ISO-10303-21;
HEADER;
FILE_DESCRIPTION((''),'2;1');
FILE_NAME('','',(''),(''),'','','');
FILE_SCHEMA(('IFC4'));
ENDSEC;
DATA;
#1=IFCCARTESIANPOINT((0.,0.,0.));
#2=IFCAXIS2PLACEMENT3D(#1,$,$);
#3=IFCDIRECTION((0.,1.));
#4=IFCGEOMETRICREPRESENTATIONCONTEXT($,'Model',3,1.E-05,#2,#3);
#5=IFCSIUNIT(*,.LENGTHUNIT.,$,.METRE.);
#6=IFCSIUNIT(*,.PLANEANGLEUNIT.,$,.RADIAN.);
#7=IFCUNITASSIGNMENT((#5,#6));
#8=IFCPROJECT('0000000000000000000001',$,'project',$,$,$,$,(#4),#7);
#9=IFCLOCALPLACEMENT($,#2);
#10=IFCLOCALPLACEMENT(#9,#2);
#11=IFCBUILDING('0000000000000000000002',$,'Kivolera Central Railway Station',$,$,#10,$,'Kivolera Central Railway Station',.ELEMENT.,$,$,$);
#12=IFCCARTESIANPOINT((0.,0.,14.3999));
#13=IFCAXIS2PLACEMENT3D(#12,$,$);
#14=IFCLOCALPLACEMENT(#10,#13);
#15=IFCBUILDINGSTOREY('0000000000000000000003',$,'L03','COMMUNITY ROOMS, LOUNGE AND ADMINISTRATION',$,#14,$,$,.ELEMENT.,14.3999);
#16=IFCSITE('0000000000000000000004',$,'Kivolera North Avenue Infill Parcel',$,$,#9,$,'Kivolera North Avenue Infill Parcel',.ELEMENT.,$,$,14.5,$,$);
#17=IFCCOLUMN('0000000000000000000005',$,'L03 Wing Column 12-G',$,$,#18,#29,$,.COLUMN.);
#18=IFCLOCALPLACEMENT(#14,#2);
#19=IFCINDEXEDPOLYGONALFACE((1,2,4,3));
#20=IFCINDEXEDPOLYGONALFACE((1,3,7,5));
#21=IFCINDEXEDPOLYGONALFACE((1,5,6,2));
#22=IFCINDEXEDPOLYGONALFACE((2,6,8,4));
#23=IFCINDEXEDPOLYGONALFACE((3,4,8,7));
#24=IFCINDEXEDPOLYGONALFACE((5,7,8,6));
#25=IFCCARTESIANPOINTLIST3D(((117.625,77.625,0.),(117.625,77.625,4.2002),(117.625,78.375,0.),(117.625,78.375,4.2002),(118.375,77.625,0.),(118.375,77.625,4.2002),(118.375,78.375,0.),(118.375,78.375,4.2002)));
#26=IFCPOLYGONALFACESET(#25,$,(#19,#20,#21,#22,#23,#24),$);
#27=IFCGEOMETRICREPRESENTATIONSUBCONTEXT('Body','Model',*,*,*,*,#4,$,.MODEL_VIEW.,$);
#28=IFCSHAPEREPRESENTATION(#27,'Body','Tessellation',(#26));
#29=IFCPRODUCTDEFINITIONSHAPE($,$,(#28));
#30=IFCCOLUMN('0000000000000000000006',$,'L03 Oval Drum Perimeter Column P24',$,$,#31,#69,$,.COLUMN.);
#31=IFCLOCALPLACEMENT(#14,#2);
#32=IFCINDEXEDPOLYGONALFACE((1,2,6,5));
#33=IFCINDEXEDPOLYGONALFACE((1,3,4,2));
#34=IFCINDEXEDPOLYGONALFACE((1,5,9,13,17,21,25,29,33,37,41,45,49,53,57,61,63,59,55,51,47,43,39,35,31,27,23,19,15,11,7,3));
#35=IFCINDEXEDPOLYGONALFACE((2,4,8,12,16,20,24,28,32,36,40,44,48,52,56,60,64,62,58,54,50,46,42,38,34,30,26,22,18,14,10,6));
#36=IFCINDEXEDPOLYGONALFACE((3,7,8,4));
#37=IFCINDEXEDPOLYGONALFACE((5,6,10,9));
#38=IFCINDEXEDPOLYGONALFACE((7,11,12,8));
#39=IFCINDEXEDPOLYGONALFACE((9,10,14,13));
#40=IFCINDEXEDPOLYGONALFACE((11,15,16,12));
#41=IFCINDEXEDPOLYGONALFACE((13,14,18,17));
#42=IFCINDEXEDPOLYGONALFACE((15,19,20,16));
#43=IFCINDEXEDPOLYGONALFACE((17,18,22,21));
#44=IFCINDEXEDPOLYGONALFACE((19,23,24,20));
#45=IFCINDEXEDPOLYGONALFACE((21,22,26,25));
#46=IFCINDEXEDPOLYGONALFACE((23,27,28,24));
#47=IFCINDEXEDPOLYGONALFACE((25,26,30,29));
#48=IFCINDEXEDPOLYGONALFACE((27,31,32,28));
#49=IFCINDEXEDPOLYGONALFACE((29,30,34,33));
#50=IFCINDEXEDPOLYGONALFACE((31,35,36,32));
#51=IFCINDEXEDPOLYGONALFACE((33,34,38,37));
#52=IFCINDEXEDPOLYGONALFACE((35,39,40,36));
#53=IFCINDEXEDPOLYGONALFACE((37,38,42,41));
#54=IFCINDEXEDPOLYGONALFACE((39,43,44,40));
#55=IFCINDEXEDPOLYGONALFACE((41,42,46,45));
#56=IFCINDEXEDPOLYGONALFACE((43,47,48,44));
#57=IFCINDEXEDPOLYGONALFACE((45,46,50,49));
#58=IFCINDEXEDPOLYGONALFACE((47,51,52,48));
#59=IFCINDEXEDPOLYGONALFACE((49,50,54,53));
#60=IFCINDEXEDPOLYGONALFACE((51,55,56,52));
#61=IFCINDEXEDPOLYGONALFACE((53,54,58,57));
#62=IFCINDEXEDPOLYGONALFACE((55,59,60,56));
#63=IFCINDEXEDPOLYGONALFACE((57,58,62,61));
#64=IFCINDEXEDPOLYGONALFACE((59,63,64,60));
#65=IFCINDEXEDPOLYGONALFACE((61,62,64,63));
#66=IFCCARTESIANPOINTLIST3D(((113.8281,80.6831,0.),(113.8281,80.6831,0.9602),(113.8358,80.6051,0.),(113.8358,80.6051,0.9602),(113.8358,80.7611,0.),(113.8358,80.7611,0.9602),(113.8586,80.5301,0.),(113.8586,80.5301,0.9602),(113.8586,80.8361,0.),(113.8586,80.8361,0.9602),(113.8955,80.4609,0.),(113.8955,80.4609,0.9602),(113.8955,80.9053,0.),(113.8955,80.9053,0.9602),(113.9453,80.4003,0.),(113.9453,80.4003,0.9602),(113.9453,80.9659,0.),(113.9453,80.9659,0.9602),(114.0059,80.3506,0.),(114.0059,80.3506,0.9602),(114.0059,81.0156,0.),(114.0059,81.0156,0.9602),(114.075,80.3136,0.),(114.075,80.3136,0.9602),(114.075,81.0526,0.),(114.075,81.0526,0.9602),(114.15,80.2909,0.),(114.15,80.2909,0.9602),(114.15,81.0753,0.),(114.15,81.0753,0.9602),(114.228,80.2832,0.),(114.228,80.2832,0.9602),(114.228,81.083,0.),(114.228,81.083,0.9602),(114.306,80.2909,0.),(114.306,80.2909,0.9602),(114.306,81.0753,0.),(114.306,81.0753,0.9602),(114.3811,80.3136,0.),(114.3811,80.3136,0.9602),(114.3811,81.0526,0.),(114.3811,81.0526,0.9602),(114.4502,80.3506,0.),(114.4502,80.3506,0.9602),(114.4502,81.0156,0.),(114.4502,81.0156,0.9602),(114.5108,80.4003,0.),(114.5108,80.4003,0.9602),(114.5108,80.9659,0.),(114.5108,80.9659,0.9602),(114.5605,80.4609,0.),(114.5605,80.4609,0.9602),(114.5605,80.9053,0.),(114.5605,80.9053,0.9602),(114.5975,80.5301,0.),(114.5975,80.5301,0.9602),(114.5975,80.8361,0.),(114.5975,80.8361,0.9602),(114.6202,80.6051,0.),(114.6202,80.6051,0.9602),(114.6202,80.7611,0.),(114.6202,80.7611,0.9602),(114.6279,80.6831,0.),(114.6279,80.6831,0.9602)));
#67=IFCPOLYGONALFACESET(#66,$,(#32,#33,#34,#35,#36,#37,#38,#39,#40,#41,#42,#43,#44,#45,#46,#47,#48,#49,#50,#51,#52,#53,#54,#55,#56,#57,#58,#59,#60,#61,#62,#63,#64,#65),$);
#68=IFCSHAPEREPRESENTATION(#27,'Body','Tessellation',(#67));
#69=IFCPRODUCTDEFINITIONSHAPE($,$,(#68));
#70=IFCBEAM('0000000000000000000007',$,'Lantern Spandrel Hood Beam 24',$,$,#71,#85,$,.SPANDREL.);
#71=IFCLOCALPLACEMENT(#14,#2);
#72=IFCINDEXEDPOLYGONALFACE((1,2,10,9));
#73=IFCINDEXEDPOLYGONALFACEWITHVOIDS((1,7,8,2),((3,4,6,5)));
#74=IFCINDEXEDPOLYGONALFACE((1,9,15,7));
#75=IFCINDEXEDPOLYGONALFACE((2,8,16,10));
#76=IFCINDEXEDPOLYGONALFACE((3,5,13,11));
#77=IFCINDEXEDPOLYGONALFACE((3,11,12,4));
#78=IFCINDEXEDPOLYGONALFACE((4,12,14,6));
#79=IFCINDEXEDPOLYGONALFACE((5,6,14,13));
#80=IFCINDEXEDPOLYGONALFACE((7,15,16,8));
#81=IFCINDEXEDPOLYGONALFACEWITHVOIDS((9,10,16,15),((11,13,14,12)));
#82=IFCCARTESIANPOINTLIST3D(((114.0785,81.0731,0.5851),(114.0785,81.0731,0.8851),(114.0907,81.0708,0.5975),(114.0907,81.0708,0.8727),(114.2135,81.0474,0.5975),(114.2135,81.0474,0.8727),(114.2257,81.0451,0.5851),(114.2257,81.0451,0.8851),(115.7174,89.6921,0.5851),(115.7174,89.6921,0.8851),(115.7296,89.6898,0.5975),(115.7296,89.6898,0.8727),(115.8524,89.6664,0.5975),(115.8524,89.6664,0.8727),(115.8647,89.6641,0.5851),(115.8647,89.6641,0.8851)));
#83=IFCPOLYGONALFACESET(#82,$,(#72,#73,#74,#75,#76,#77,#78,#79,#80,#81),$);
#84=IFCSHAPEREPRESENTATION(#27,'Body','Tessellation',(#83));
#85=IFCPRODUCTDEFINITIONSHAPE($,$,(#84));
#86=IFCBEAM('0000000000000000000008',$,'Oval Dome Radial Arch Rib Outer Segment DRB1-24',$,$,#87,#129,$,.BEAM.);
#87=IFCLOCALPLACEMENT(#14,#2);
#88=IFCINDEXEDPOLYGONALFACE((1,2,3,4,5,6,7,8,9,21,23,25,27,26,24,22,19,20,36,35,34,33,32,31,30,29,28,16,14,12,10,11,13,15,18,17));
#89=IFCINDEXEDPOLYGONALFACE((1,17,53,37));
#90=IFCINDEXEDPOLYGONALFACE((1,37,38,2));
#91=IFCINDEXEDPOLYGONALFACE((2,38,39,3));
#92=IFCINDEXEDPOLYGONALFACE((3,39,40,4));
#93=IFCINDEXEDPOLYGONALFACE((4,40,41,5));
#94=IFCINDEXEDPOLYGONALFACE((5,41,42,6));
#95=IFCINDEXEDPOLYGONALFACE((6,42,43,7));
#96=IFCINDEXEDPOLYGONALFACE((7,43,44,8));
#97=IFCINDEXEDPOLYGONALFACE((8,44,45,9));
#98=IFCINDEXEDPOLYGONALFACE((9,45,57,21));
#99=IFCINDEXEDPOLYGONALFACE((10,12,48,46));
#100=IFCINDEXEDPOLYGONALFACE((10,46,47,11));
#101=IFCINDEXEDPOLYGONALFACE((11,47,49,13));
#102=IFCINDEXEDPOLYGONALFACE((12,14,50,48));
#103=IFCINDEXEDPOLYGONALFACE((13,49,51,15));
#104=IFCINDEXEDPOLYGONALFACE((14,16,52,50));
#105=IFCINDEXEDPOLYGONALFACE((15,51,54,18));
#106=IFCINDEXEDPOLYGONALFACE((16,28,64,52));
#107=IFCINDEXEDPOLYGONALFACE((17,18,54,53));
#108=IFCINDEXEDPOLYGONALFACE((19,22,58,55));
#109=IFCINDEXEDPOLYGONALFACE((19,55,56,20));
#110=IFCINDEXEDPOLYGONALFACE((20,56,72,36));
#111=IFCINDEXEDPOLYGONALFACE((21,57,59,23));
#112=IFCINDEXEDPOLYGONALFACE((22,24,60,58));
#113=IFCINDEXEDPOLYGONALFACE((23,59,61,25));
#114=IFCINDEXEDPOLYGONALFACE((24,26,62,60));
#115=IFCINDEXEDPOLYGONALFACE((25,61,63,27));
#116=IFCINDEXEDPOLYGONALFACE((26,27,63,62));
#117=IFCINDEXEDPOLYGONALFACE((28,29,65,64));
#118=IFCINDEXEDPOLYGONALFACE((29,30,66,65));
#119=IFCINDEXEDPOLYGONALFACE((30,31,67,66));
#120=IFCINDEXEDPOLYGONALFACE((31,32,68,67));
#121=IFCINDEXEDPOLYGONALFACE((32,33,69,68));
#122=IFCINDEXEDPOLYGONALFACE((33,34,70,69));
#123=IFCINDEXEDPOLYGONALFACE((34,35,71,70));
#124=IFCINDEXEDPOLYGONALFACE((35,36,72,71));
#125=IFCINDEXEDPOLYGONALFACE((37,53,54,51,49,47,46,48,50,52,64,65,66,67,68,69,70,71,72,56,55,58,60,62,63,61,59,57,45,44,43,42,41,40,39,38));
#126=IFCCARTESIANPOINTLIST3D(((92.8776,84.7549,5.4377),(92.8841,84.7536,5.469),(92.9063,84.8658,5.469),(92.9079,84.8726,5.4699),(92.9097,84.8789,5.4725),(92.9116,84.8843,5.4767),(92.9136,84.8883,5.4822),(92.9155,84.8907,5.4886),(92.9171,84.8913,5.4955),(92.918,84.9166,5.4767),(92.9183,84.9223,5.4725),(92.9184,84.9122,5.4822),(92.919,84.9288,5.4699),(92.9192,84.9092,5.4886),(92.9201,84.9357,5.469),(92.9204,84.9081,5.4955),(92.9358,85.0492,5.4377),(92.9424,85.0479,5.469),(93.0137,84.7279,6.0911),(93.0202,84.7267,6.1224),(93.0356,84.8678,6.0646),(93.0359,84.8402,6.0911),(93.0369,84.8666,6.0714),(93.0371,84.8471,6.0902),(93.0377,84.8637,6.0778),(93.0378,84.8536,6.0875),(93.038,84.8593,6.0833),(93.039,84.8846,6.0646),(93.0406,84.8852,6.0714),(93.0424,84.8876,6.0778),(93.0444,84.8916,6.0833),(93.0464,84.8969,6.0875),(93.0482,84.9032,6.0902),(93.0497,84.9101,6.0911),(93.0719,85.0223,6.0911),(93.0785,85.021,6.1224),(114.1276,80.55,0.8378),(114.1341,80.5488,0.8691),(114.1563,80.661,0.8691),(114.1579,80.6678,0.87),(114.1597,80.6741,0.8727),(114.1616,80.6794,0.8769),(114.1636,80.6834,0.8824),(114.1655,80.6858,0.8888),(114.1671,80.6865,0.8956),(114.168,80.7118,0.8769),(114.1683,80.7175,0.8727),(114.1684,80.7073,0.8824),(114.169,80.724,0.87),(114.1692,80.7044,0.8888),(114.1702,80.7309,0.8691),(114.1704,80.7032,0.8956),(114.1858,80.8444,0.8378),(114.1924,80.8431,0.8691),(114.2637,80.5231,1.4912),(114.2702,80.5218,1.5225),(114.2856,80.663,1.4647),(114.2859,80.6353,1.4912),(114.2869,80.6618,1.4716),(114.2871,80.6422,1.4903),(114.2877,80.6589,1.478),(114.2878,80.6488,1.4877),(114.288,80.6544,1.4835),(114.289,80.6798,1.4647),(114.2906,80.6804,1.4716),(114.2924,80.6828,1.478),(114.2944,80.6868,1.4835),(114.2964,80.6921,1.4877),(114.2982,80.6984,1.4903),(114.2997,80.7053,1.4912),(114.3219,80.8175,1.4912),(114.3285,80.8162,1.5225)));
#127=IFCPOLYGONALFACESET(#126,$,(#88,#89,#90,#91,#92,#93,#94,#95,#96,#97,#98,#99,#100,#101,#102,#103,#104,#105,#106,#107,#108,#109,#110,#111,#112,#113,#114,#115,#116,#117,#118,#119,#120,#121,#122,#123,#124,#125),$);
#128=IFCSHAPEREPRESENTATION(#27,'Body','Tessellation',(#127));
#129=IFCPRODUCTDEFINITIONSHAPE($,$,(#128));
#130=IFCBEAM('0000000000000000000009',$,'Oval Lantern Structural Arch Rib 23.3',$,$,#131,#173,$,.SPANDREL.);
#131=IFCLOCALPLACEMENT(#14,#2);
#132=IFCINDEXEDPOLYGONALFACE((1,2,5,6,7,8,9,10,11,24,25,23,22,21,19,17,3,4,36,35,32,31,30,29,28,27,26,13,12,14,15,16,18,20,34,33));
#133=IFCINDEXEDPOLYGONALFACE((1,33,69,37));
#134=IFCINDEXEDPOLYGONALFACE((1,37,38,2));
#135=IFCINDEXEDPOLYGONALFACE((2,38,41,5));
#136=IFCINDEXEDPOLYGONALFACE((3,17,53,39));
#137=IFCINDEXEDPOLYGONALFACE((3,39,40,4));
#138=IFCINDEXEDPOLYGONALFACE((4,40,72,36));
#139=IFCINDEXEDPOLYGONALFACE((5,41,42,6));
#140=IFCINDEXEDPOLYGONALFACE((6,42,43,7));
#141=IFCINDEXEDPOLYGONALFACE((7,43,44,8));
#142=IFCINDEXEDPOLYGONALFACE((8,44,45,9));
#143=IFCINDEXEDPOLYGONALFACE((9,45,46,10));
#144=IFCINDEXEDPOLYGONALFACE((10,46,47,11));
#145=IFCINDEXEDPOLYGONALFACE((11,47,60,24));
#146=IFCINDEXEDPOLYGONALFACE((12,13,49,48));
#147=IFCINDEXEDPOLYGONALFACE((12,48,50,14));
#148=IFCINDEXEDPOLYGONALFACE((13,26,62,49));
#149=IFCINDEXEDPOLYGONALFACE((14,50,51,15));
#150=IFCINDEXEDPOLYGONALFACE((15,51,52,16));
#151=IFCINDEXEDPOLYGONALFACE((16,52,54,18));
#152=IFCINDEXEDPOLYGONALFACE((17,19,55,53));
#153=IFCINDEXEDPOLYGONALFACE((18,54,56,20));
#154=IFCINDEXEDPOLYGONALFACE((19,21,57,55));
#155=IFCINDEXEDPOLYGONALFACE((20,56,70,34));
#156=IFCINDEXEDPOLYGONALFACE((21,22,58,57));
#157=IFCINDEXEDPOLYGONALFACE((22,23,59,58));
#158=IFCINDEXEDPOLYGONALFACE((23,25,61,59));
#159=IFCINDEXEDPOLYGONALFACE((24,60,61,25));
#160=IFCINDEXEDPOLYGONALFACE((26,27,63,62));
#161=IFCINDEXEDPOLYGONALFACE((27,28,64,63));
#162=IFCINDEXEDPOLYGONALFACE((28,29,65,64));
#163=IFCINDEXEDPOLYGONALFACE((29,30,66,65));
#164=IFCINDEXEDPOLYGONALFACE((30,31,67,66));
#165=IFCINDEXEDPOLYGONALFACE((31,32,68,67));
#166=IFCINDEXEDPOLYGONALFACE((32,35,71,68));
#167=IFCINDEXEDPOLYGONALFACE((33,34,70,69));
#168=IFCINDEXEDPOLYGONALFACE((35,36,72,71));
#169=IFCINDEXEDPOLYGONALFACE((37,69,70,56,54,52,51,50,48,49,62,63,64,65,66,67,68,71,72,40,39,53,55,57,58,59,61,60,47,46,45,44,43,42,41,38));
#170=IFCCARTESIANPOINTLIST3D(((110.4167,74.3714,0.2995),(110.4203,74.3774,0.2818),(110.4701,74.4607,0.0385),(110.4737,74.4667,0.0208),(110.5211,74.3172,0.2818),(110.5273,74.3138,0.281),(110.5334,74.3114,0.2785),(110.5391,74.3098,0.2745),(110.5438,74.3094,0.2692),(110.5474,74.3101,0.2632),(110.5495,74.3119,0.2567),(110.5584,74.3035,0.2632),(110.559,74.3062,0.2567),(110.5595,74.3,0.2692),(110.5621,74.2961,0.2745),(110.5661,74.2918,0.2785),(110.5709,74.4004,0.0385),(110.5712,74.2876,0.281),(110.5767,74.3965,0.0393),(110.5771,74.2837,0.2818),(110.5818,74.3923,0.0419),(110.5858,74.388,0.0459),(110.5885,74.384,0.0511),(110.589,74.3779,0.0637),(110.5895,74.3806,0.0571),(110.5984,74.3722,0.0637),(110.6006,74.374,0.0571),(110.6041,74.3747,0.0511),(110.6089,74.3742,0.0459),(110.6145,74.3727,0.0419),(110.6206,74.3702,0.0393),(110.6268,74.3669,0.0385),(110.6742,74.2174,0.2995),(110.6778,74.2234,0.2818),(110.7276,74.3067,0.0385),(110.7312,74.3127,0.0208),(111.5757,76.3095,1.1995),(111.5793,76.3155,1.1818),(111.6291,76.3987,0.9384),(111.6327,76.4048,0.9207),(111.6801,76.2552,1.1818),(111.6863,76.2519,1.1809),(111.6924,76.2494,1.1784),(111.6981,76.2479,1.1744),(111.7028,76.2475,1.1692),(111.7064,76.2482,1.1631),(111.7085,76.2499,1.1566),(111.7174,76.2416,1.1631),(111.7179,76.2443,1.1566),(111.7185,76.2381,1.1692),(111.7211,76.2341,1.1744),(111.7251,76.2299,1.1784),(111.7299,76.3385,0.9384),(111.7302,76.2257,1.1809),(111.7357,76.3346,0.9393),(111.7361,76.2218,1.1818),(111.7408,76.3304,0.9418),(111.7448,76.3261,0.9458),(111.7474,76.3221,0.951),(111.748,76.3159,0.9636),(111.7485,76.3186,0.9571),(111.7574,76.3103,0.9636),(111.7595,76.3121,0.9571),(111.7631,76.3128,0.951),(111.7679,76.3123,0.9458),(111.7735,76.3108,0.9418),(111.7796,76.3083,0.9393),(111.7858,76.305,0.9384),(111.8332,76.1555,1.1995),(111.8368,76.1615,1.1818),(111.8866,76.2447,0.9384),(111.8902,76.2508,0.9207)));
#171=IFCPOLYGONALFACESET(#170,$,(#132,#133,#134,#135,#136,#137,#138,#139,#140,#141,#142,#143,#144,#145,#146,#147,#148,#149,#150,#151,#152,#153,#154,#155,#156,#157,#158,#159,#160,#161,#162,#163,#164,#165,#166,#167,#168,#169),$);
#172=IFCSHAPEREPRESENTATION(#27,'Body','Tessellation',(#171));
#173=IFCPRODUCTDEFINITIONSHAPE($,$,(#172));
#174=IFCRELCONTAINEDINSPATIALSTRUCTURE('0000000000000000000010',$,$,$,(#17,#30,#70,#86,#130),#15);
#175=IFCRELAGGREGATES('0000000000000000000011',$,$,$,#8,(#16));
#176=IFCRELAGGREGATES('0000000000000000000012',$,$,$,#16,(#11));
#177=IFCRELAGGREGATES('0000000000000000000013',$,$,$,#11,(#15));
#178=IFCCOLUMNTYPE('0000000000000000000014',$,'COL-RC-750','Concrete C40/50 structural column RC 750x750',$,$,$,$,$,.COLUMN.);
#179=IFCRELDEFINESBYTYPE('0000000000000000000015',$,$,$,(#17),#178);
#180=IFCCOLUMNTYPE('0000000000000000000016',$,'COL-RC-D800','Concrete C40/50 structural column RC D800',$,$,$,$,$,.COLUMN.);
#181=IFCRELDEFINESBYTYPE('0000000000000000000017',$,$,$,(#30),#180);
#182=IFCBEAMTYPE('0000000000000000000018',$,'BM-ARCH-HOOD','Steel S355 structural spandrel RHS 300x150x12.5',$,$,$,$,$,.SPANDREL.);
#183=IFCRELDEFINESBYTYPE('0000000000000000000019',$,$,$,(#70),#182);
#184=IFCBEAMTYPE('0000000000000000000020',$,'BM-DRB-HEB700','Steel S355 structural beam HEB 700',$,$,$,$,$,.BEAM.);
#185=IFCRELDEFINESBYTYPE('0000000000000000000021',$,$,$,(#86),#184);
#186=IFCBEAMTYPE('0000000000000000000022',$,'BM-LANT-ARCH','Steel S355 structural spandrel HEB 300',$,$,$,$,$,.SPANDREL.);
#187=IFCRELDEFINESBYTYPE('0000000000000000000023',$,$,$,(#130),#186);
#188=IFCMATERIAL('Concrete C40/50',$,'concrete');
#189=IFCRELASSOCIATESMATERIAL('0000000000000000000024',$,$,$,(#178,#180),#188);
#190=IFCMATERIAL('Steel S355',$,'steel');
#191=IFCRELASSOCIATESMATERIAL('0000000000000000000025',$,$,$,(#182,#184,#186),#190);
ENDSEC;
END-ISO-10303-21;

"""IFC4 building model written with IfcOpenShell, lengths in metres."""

from ifc_helpers import new_model, si_unit, direction, frame, origin, origin_2d, place, context, subcontext, project, spatial, rectangle, hollow_rectangle, circle, i_section, extrude, material, material_profile, profile_set, type_object, element, save


model = new_model("IFC4")

# Units and contexts
model_context = context("Model", 3, precision=1e-05, world=origin(), true_north=direction((0.0, 1.0)))
body_context = subcontext(model_context, "Body", "Model", "MODEL_VIEW")
ifc_project = project(units=[si_unit("LENGTHUNIT", "METRE"), si_unit("PLANEANGLEUNIT", "RADIAN")], contexts=[model_context])

# Site, building, storey
site_placement = place(None, origin())
site = spatial("IfcSite", under=ifc_project, at=site_placement, Name="Kivolera North Avenue Infill Parcel", LongName="Kivolera North Avenue Infill Parcel", CompositionType="ELEMENT", RefElevation=14.5)
building_placement = place(site_placement, origin())
building = spatial("IfcBuilding", under=site, at=building_placement, Name="Kivolera Central Railway Station", LongName="Kivolera Central Railway Station", CompositionType="ELEMENT")
storey_placement = place(building_placement, frame((0.0, 0.0, 14.3999)))
storey = spatial("IfcBuildingStorey", under=building, at=storey_placement, Name="L03", Description="COMMUNITY ROOMS, LOUNGE AND ADMINISTRATION", CompositionType="ELEMENT", Elevation=14.3999)

# Columns
ifc_material_1 = material(Name="Concrete C40/50", Category="concrete")
ifc_material_profile_1 = material_profile(ifc_material_1, rectangle(XDim=0.75, YDim=0.75, at=origin_2d()), Name="RC 750x750")
ifc_profile_set_1 = profile_set([ifc_material_profile_1], Name="Concrete C40/50")
column_type_1 = type_object("IfcColumnType", Name="COL-RC-750", Description="Concrete C40/50 structural column RC 750x750", PredefinedType="COLUMN", material=ifc_profile_set_1)
column_1_placement = place(storey_placement, frame((118.0, 78.0, 0.0), z_axis=(0.0, 0.0, 1.0), x_axis=(1.0, 0.0, 0.0)))
element("IfcColumn", 1, at=column_1_placement, inside=storey, type_object=column_type_1, Name="L03 Wing Column 12-G", PredefinedType="COLUMN", context=body_context, shape_type="SweptSolid", body=[
    extrude(rectangle(XDim=0.75, YDim=0.75, at=origin_2d()), origin(), (0.0, 0.0, 1.0), 4.2002),
])
ifc_material_profile_2 = material_profile(ifc_material_1, circle(Radius=0.3999, at=origin_2d()), Name="RC D800")
ifc_profile_set_2 = profile_set([ifc_material_profile_2], Name="Concrete C40/50")
column_type_2 = type_object("IfcColumnType", Name="COL-RC-D800", Description="Concrete C40/50 structural column RC D800", PredefinedType="COLUMN", material=ifc_profile_set_2)
column_2_placement = place(storey_placement, frame((114.228, 80.6831, 0.0), z_axis=(0.0, 0.0, 1.0), x_axis=(1.0, 0.0, 0.0)))
element("IfcColumn", 2, at=column_2_placement, inside=storey, type_object=column_type_2, Name="L03 Oval Drum Perimeter Column P24", PredefinedType="COLUMN", context=body_context, shape_type="SweptSolid", body=[
    extrude(circle(Radius=0.3999, at=origin_2d()), origin(), (0.0, 0.0, 1.0), 0.9602),
])

# Beams
ifc_material_2 = material(Name="Steel S355", Category="steel")
ifc_material_profile_3 = material_profile(ifc_material_2, hollow_rectangle(XDim=0.1499, YDim=0.3, WallThickness=0.0125, at=origin_2d()), Name="RHS 300x150x12.5")
ifc_profile_set_3 = profile_set([ifc_material_profile_3], Name="Steel S355")
beam_type_1 = type_object("IfcBeamType", Name="BM-ARCH-HOOD", Description="Steel S355 structural spandrel RHS 300x150x12.5", PredefinedType="SPANDREL", material=ifc_profile_set_3)
beam_1_placement = place(storey_placement, frame((114.1521, 81.0591, 0.7351), z_axis=(0.186806, 0.982397, 0.0), x_axis=(-0.982397, 0.186806, 0.0)))
element("IfcBeam", 3, at=beam_1_placement, inside=storey, type_object=beam_type_1, Name="Lantern Spandrel Hood Beam 24", PredefinedType="SPANDREL", context=body_context, shape_type="SweptSolid", body=[
    extrude(hollow_rectangle(XDim=0.1499, YDim=0.3, WallThickness=0.0125, at=origin_2d()), origin(), (0.0, 0.0, 1.0), 8.7734),
])
ifc_material_profile_4 = material_profile(ifc_material_2, i_section(OverallWidth=0.3, OverallDepth=0.7, WebThickness=0.0171, FlangeThickness=0.032, FilletRadius=0.0271, at=origin_2d()), Name="HEB 700")
ifc_profile_set_4 = profile_set([ifc_material_profile_4], Name="Steel S355")
beam_type_2 = type_object("IfcBeamType", Name="BM-DRB-HEB700", Description="Steel S355 structural beam HEB 700", PredefinedType="BEAM", material=ifc_profile_set_4)
beam_2_placement = place(storey_placement, frame((114.228, 80.6831, 1.1802), z_axis=(-0.959584, 0.189877, 0.207715), x_axis=(-0.194111, -0.98098, 0.0)))
element("IfcBeam", 4, at=beam_2_placement, inside=storey, type_object=beam_type_2, Name="Oval Dome Radial Arch Rib Outer Segment DRB1-24", PredefinedType="BEAM", context=body_context, shape_type="SweptSolid", body=[
    extrude(i_section(OverallWidth=0.3, OverallDepth=0.7, WebThickness=0.0171, FlangeThickness=0.032, FilletRadius=0.0271, at=origin_2d()), origin(), (0.0, 0.0, 1.0), 22.145),
])
ifc_material_profile_5 = material_profile(ifc_material_2, i_section(OverallWidth=0.3, OverallDepth=0.3, WebThickness=0.011, FlangeThickness=0.019, FilletRadius=0.0271, at=origin_2d()), Name="HEB 300")
ifc_profile_set_5 = profile_set([ifc_material_profile_5], Name="Steel S355")
beam_type_3 = type_object("IfcBeamType", Name="BM-LANT-ARCH", Description="Steel S355 structural spandrel HEB 300", PredefinedType="SPANDREL", material=ifc_profile_set_5)
beam_3_placement = place(storey_placement, frame((110.574, 74.342, 0.1602), z_axis=(0.476773, 0.797266, 0.370209), x_axis=(-0.858246, 0.513239, 0.0)))
element("IfcBeam", 5, at=beam_3_placement, inside=storey, type_object=beam_type_3, Name="Oval Lantern Structural Arch Rib 23.3", PredefinedType="SPANDREL", context=body_context, shape_type="SweptSolid", body=[
    extrude(i_section(OverallWidth=0.3, OverallDepth=0.3, WebThickness=0.011, FlangeThickness=0.019, FilletRadius=0.0271, at=origin_2d()), origin(), (0.0, 0.0, 1.0), 2.4309),
])

save(model, "model.ifc")
